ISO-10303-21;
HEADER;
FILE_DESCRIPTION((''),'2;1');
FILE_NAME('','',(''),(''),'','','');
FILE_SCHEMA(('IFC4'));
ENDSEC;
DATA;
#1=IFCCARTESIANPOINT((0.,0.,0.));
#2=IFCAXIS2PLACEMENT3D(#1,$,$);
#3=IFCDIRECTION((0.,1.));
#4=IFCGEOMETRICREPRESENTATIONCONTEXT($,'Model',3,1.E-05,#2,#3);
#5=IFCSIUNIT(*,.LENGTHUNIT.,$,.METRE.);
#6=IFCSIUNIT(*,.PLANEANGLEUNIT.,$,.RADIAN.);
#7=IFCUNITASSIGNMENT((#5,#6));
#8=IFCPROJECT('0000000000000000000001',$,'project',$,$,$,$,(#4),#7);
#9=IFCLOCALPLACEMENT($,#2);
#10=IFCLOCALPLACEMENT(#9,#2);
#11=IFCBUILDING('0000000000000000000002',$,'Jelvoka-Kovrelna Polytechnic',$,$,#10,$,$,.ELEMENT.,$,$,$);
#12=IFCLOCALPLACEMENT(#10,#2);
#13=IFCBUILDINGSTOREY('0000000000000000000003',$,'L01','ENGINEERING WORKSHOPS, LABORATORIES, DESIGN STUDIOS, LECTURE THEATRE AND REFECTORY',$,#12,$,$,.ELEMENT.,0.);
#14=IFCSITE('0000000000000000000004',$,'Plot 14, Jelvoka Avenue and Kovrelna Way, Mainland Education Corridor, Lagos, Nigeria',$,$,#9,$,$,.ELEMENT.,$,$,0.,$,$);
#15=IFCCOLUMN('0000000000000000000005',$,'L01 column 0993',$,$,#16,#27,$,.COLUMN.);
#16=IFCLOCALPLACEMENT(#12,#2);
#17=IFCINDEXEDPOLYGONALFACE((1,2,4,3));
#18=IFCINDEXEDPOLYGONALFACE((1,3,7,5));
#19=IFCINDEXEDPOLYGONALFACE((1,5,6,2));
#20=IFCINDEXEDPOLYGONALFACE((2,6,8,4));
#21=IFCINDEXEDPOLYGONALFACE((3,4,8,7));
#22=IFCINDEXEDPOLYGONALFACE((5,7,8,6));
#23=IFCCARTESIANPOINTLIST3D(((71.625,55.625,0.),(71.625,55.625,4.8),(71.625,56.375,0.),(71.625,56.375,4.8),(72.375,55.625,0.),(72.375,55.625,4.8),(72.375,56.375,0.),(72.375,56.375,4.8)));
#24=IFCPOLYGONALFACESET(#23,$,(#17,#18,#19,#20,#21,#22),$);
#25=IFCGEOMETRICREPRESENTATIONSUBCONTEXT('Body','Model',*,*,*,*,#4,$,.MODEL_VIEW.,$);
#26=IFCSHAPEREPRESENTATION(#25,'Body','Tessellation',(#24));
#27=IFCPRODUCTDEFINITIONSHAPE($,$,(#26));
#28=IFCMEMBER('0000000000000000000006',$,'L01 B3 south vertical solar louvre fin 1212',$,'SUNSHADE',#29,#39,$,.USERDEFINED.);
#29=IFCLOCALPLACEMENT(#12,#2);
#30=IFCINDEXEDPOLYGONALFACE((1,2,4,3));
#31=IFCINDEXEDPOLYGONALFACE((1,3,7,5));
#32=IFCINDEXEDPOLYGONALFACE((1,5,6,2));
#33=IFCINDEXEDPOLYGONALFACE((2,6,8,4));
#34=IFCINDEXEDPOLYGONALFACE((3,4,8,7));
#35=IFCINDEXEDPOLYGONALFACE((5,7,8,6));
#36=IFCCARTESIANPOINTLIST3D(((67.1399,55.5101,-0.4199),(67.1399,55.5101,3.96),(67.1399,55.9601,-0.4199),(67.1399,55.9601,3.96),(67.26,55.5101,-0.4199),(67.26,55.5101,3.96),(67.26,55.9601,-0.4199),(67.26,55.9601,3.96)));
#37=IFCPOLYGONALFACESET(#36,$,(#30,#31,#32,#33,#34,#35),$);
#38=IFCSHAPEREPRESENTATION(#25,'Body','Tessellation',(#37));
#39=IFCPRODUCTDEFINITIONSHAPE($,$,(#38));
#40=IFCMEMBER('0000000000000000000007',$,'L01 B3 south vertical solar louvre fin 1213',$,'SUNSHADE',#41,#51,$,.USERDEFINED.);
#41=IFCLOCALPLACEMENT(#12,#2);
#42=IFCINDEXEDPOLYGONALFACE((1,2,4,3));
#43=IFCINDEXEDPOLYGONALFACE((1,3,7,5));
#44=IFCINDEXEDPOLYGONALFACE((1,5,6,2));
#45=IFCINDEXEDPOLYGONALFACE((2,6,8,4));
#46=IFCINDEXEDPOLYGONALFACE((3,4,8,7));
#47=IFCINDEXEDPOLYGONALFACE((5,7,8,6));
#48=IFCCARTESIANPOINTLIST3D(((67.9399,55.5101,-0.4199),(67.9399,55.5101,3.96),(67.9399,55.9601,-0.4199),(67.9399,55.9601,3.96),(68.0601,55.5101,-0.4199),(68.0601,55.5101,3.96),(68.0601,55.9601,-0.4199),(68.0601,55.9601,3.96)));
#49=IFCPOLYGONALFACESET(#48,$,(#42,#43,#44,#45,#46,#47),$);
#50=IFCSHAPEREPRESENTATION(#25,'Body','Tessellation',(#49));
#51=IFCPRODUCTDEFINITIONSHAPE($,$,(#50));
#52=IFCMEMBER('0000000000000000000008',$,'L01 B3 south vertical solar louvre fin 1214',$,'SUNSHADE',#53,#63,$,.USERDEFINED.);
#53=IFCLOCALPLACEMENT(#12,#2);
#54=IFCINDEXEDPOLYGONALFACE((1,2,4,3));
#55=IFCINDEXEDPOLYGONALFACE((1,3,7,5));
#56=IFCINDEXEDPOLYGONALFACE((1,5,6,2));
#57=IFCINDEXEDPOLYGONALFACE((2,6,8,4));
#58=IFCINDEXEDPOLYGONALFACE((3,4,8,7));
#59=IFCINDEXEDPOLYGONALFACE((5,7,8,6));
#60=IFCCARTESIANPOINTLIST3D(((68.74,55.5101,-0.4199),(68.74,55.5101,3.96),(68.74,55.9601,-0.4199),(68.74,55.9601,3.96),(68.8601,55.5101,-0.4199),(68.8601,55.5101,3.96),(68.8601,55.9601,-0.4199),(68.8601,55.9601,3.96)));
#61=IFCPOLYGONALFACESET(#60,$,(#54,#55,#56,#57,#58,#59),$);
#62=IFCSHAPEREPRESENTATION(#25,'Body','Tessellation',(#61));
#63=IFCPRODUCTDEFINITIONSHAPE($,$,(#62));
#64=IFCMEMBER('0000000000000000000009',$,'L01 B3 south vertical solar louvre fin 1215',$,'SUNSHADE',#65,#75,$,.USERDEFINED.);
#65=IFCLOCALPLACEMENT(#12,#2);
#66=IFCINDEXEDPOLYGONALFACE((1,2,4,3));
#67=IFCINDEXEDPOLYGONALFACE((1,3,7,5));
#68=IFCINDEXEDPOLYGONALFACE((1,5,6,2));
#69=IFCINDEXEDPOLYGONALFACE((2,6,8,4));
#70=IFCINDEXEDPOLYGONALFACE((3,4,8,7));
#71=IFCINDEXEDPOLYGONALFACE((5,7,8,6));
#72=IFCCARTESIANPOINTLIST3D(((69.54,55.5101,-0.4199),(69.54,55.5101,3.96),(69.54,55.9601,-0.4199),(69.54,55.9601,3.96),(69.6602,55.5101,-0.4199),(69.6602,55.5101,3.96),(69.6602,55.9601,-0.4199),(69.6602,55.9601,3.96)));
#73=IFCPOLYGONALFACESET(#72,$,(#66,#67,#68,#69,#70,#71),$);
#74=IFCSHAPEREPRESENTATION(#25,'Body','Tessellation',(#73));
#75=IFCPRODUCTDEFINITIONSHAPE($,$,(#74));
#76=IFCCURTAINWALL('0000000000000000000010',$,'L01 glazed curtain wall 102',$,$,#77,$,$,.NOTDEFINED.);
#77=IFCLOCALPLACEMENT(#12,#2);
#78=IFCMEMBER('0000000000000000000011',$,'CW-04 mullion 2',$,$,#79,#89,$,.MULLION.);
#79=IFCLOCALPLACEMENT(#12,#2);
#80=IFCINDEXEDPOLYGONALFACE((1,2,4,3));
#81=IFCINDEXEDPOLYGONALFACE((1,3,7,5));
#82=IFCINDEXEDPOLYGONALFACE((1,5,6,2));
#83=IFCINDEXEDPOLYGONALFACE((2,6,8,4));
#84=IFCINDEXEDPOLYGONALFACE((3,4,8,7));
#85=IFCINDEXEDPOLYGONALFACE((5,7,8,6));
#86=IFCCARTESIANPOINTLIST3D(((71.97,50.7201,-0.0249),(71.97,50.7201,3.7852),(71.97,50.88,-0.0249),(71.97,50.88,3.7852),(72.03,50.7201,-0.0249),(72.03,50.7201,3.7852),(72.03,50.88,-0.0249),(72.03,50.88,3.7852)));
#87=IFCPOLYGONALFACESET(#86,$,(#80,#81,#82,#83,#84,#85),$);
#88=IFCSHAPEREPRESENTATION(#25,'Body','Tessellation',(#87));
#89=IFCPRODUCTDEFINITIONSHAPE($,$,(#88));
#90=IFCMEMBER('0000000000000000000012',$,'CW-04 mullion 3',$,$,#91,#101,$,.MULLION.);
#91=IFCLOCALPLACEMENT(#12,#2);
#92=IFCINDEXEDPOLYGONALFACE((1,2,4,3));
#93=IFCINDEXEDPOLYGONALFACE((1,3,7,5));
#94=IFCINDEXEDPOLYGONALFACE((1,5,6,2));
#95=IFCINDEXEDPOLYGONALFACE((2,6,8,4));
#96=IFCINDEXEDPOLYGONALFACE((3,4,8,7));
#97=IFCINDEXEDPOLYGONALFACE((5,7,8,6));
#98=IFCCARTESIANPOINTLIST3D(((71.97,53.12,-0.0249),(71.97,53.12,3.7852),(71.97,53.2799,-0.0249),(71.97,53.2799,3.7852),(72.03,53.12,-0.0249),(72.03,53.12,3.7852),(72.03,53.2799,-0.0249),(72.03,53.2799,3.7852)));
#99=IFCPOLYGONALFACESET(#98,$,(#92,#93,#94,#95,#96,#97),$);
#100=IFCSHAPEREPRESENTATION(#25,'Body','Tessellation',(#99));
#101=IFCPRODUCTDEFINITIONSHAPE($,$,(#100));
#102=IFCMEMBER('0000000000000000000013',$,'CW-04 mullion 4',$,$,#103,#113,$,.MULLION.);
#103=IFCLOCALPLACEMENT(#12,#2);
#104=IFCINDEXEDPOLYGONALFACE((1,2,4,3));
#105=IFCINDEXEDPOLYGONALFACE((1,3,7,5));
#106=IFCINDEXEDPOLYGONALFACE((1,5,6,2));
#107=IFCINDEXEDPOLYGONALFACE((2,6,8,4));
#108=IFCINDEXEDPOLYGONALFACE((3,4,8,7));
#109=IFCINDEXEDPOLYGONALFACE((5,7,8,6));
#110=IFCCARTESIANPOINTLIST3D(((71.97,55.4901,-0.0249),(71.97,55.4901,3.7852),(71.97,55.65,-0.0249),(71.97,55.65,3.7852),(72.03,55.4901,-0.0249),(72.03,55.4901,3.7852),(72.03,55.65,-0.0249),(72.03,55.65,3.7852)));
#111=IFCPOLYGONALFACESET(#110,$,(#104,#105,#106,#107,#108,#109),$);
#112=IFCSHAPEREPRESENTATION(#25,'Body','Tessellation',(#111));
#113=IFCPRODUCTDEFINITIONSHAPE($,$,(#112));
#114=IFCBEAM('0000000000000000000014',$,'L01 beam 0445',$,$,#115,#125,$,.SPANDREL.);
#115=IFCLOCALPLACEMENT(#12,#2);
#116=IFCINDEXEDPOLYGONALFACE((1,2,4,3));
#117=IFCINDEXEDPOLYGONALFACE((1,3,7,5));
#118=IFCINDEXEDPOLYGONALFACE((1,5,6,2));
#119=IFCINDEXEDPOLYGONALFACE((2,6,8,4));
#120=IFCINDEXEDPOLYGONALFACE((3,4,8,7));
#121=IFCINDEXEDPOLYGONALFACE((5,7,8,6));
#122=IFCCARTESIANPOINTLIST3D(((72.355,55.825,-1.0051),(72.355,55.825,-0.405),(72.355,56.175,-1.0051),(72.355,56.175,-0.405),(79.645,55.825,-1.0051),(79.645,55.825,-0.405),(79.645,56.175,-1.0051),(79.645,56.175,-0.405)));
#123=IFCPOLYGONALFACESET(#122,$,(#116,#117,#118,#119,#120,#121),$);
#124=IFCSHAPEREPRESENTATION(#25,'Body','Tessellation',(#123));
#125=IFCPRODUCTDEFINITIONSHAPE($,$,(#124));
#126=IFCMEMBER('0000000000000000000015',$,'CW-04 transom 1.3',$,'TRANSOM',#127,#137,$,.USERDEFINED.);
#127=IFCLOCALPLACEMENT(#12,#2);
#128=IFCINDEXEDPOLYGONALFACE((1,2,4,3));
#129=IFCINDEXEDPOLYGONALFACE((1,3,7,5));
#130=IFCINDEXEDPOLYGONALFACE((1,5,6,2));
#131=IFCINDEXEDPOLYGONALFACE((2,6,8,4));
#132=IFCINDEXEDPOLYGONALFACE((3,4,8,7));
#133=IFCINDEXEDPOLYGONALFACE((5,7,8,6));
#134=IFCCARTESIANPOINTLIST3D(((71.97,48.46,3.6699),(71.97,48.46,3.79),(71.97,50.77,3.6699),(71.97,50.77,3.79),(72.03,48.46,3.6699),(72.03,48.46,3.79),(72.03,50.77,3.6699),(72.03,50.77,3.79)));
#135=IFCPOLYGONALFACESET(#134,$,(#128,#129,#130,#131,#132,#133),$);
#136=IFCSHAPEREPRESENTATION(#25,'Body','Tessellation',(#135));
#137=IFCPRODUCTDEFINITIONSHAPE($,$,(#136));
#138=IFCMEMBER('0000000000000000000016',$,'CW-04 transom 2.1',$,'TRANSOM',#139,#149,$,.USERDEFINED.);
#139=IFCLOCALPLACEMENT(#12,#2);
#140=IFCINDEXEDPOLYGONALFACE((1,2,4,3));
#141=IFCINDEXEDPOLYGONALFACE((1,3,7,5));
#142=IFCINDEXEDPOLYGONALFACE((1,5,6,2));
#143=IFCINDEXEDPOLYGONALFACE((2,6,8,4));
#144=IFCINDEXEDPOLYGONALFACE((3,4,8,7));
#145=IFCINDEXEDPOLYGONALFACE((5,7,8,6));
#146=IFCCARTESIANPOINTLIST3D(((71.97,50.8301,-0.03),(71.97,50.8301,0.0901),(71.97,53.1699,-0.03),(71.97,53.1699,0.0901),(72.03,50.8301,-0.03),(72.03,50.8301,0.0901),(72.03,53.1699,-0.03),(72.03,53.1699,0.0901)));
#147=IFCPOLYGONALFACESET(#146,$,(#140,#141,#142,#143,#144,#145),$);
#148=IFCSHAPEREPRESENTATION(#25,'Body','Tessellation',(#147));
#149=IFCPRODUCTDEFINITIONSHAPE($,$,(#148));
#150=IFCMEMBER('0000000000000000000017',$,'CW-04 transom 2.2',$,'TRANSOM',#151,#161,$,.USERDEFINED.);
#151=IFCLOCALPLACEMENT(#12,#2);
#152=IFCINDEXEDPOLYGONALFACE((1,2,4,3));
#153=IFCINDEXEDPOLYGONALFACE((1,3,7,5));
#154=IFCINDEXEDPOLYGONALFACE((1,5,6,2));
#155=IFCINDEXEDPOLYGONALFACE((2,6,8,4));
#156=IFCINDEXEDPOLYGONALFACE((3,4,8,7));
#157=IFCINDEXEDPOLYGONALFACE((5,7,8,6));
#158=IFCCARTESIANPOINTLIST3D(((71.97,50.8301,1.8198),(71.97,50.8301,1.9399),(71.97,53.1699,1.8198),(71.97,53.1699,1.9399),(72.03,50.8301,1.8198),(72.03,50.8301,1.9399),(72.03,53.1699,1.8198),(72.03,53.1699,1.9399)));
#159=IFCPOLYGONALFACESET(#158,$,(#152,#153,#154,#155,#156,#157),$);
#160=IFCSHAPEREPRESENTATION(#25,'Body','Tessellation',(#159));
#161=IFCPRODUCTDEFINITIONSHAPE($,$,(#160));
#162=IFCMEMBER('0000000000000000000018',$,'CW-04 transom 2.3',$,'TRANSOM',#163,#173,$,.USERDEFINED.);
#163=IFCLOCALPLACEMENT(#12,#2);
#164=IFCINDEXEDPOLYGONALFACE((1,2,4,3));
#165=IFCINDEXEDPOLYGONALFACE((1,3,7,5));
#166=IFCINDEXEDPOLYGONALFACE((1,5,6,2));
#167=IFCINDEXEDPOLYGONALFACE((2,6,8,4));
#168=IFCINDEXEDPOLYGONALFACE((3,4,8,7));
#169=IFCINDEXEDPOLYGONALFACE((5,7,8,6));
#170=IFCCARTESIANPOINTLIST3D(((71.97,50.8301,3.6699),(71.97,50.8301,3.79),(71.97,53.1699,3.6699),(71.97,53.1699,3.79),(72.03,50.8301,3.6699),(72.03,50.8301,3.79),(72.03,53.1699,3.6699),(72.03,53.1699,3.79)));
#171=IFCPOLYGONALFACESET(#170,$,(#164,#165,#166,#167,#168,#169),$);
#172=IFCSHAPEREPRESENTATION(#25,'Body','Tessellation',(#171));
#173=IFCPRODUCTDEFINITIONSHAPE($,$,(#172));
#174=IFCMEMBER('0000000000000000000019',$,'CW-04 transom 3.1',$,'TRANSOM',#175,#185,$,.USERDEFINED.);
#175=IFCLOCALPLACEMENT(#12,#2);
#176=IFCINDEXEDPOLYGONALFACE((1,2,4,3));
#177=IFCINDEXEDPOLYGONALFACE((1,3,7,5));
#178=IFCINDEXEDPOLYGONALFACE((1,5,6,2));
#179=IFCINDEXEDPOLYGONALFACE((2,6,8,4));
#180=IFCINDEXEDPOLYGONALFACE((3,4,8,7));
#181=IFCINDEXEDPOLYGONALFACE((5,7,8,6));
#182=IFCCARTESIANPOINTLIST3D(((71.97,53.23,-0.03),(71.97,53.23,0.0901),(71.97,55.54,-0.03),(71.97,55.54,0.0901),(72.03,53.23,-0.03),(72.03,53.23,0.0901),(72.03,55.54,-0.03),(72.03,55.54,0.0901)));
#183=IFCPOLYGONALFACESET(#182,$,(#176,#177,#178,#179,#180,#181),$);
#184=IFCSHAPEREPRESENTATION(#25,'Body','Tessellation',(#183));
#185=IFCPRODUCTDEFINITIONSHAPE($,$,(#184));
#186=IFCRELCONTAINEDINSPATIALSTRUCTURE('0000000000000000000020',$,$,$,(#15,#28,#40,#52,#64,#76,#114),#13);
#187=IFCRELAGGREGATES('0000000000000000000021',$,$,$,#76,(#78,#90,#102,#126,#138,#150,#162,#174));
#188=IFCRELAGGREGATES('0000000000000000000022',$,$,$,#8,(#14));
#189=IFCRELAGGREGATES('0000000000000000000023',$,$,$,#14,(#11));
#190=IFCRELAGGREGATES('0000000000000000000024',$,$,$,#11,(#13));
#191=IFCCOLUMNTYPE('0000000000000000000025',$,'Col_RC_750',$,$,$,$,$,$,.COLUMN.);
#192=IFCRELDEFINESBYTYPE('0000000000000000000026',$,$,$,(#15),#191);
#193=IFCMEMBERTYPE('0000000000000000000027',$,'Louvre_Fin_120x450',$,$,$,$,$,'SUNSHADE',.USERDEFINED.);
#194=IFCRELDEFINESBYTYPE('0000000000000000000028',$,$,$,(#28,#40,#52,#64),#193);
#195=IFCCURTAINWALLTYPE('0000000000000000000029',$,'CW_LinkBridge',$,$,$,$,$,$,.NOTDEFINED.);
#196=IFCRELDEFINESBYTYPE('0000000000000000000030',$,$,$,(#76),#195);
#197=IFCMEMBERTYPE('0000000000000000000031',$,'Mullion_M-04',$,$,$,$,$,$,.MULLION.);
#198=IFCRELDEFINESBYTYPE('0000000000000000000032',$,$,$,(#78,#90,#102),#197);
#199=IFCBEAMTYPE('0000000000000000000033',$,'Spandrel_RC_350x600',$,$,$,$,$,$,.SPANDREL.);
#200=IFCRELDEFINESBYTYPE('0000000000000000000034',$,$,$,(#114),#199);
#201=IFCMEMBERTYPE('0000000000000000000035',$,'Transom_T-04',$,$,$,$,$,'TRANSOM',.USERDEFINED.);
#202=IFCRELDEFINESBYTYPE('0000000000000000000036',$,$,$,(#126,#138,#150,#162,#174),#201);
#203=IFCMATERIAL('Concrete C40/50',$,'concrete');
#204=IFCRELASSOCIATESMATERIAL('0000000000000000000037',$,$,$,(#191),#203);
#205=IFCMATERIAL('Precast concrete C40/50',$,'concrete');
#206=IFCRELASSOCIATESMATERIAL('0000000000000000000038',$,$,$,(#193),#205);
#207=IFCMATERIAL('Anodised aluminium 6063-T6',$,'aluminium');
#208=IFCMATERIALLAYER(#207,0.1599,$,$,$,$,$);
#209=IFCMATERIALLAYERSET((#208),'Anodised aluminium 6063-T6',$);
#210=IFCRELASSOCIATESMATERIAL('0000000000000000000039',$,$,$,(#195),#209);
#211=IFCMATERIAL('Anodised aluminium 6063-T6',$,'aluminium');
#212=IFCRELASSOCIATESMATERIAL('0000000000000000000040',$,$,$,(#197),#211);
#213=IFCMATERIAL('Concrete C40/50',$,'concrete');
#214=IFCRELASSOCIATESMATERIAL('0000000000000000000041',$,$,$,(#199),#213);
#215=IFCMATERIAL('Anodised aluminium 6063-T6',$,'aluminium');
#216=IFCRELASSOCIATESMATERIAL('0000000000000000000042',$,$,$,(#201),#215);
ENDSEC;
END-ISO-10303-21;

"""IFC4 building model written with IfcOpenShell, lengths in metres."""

from ifc_helpers import new_model, si_unit, direction, frame, origin, origin_2d, place, context, subcontext, project, spatial, rectangle, extrude, material, layer, layer_set, material_profile, profile_set, type_object, element, aggregate, save


model = new_model("IFC4")

# Units and contexts
model_context = context("Model", 3, precision=1e-05, world=origin(), true_north=direction((0.0, 1.0)))
body_context = subcontext(model_context, "Body", "Model", "MODEL_VIEW")
ifc_project = project(units=[si_unit("LENGTHUNIT", "METRE"), si_unit("PLANEANGLEUNIT", "RADIAN")], contexts=[model_context])

# Site, building, storey
site_placement = place(None, origin())
site = spatial("IfcSite", under=ifc_project, at=site_placement, Name="Plot 14, Jelvoka Avenue and Kovrelna Way, Mainland Education Corridor, Lagos, Nigeria", CompositionType="ELEMENT", RefElevation=0.0)
building_placement = place(site_placement, origin())
building = spatial("IfcBuilding", under=site, at=building_placement, Name="Jelvoka-Kovrelna Polytechnic", CompositionType="ELEMENT")
storey_placement = place(building_placement, origin())
storey = spatial("IfcBuildingStorey", under=building, at=storey_placement, Name="L01", Description="ENGINEERING WORKSHOPS, LABORATORIES, DESIGN STUDIOS, LECTURE THEATRE AND REFECTORY", CompositionType="ELEMENT", Elevation=0.0)

# Column
ifc_material_1 = material(Name="Concrete C40/50", Category="concrete")
ifc_material_profile_1 = material_profile(ifc_material_1, rectangle(XDim=0.75, YDim=0.75, at=origin_2d()), Name="RC 750x750")
ifc_profile_set_1 = profile_set([ifc_material_profile_1], Name="Concrete C40/50")
column_type = type_object("IfcColumnType", Name="Col_RC_750", PredefinedType="COLUMN", material=ifc_profile_set_1)
column_placement = place(storey_placement, frame((72.0, 56.0, 0.0), z_axis=(0.0, 0.0, 1.0), x_axis=(1.0, 0.0, 0.0)))
element("IfcColumn", 1, at=column_placement, inside=storey, type_object=column_type, Name="L01 column 0993", PredefinedType="COLUMN", context=body_context, shape_type="SweptSolid", body=[
    extrude(rectangle(XDim=0.75, YDim=0.75, at=origin_2d()), origin(), (0.0, 0.0, 1.0), 4.8),
])

# Members
ifc_material_2 = material(Name="Precast concrete C40/50", Category="concrete")
ifc_material_profile_2 = material_profile(ifc_material_2, rectangle(XDim=0.1201, YDim=0.45, at=origin_2d()), Name="PC 120x450")
ifc_profile_set_2 = profile_set([ifc_material_profile_2], Name="Precast concrete C40/50")
member_type_1 = type_object("IfcMemberType", Name="Louvre_Fin_120x450", ElementType="SUNSHADE", PredefinedType="USERDEFINED", material=ifc_profile_set_2)
for number, where, z_axis, x_axis, name in (
    (2, (67.2, 55.7351, -0.4199), (0.0, 0.0, 1.0), (1.0, 0.0, 0.0), "L01 B3 south vertical solar louvre fin 1212"),
    (3, (68.0, 55.7351, -0.4199), (0.0, 0.0, 1.0), (1.0, 0.0, 0.0), "L01 B3 south vertical solar louvre fin 1213"),
    (4, (68.8, 55.7351, -0.4199), (0.0, 0.0, 1.0), (1.0, 0.0, 0.0), "L01 B3 south vertical solar louvre fin 1214"),
    (5, (69.6001, 55.7351, -0.4199), (0.0, 0.0, 1.0), (1.0, 0.0, 0.0), "L01 B3 south vertical solar louvre fin 1215"),
):
    element("IfcMember", number, at=place(storey_placement, frame(where, z_axis=z_axis, x_axis=x_axis)), inside=storey, type_object=member_type_1, Name=name, ObjectType="SUNSHADE", PredefinedType="USERDEFINED", context=body_context, shape_type="SweptSolid", body=[
        extrude(rectangle(XDim=0.1201, YDim=0.45, at=origin_2d()), origin(), (0.0, 0.0, 1.0), 4.3799),
    ])

# Curtain wall, members
ifc_material_3 = material(Name="Anodised aluminium 6063-T6", Category="aluminium")
ifc_layer_1 = layer(ifc_material_3, 0.1599)
ifc_layer_set_1 = layer_set([ifc_layer_1], Name="Anodised aluminium 6063-T6")
curtain_wall_type = type_object("IfcCurtainWallType", Name="CW_LinkBridge", PredefinedType="NOTDEFINED", material=ifc_layer_set_1)
curtain_wall_placement = place(storey_placement, origin())
curtain_wall = element("IfcCurtainWall", 6, at=curtain_wall_placement, inside=storey, type_object=curtain_wall_type, Name="L01 glazed curtain wall 102", PredefinedType="NOTDEFINED")
ifc_material_4 = material(Name="Anodised aluminium 6063-T6", Category="aluminium")
ifc_material_profile_3 = material_profile(ifc_material_4, rectangle(XDim=0.0601, YDim=0.1599, at=origin_2d()), Name="ALU 60x160")
ifc_profile_set_3 = profile_set([ifc_material_profile_3], Name="Anodised aluminium 6063-T6")
member_type_2 = type_object("IfcMemberType", Name="Mullion_M-04", PredefinedType="MULLION", material=ifc_profile_set_3)
member_1_placement = place(storey_placement, frame((72.0, 50.8, -0.0249), z_axis=(0.0, 0.0, 1.0), x_axis=(-1.0, 0.0, 0.0)))
member_1 = element("IfcMember", 7, at=member_1_placement, type_object=member_type_2, Name="CW-04 mullion 2", PredefinedType="MULLION", context=body_context, shape_type="SweptSolid", body=[
    extrude(rectangle(XDim=0.0601, YDim=0.1599, at=origin_2d()), origin(), (0.0, 0.0, 1.0), 3.8101),
])
member_2_placement = place(storey_placement, frame((72.0, 53.2, -0.0249), z_axis=(0.0, 0.0, 1.0), x_axis=(-1.0, 0.0, 0.0)))
member_2 = element("IfcMember", 8, at=member_2_placement, type_object=member_type_2, Name="CW-04 mullion 3", PredefinedType="MULLION", context=body_context, shape_type="SweptSolid", body=[
    extrude(rectangle(XDim=0.0601, YDim=0.1599, at=origin_2d()), origin(), (0.0, 0.0, 1.0), 3.8101),
])
member_3_placement = place(storey_placement, frame((72.0, 55.5701, -0.0249), z_axis=(0.0, 0.0, 1.0), x_axis=(-1.0, 0.0, 0.0)))
member_3 = element("IfcMember", 9, at=member_3_placement, type_object=member_type_2, Name="CW-04 mullion 4", PredefinedType="MULLION", context=body_context, shape_type="SweptSolid", body=[
    extrude(rectangle(XDim=0.0601, YDim=0.1599, at=origin_2d()), origin(), (0.0, 0.0, 1.0), 3.8101),
])

# Beam
ifc_material_5 = material(Name="Concrete C40/50", Category="concrete")
ifc_material_profile_4 = material_profile(ifc_material_5, rectangle(XDim=0.3501, YDim=0.6001, at=origin_2d()), Name="RC 350x600")
ifc_profile_set_4 = profile_set([ifc_material_profile_4], Name="Concrete C40/50")
beam_type = type_object("IfcBeamType", Name="Spandrel_RC_350x600", PredefinedType="SPANDREL", material=ifc_profile_set_4)
beam_placement = place(storey_placement, frame((72.355, 56.0, -0.7051), z_axis=(1.0, 0.0, 0.0), x_axis=(0.0, 1.0, 0.0)))
element("IfcBeam", 10, at=beam_placement, inside=storey, type_object=beam_type, Name="L01 beam 0445", PredefinedType="SPANDREL", context=body_context, shape_type="SweptSolid", body=[
    extrude(rectangle(XDim=0.3501, YDim=0.6001, at=origin_2d()), origin(), (0.0, 0.0, 1.0), 7.29),
])

# Members
ifc_material_6 = material(Name="Anodised aluminium 6063-T6", Category="aluminium")
ifc_material_profile_5 = material_profile(ifc_material_6, rectangle(XDim=0.0601, YDim=0.1201, at=origin_2d()), Name="ALU 60x120")
ifc_profile_set_5 = profile_set([ifc_material_profile_5], Name="Anodised aluminium 6063-T6")
member_type_3 = type_object("IfcMemberType", Name="Transom_T-04", ElementType="TRANSOM", PredefinedType="USERDEFINED", material=ifc_profile_set_5)
member_4_placement = place(storey_placement, frame((72.0, 48.46, 3.73), z_axis=(0.0, 1.0, 0.0), x_axis=(-1.0, 0.0, 0.0)))
member_4 = element("IfcMember", 11, at=member_4_placement, type_object=member_type_3, Name="CW-04 transom 1.3", ObjectType="TRANSOM", PredefinedType="USERDEFINED", context=body_context, shape_type="SweptSolid", body=[
    extrude(rectangle(XDim=0.0601, YDim=0.1201, at=origin_2d()), origin(), (0.0, 0.0, 1.0), 2.3101),
])
member_5_placement = place(storey_placement, frame((72.0, 50.8301, 0.03), z_axis=(0.0, 1.0, 0.0), x_axis=(-1.0, 0.0, 0.0)))
member_5 = element("IfcMember", 12, at=member_5_placement, type_object=member_type_3, Name="CW-04 transom 2.1", ObjectType="TRANSOM", PredefinedType="USERDEFINED", context=body_context, shape_type="SweptSolid", body=[
    extrude(rectangle(XDim=0.0601, YDim=0.1201, at=origin_2d()), origin(), (0.0, 0.0, 1.0), 2.3398),
])
member_6_placement = place(storey_placement, frame((72.0, 50.8301, 1.8799), z_axis=(0.0, 1.0, 0.0), x_axis=(-1.0, 0.0, 0.0)))
member_6 = element("IfcMember", 13, at=member_6_placement, type_object=member_type_3, Name="CW-04 transom 2.2", ObjectType="TRANSOM", PredefinedType="USERDEFINED", context=body_context, shape_type="SweptSolid", body=[
    extrude(rectangle(XDim=0.0601, YDim=0.1201, at=origin_2d()), origin(), (0.0, 0.0, 1.0), 2.3398),
])
member_7_placement = place(storey_placement, frame((72.0, 50.8301, 3.73), z_axis=(0.0, 1.0, 0.0), x_axis=(-1.0, 0.0, 0.0)))
member_7 = element("IfcMember", 14, at=member_7_placement, type_object=member_type_3, Name="CW-04 transom 2.3", ObjectType="TRANSOM", PredefinedType="USERDEFINED", context=body_context, shape_type="SweptSolid", body=[
    extrude(rectangle(XDim=0.0601, YDim=0.1201, at=origin_2d()), origin(), (0.0, 0.0, 1.0), 2.3398),
])
member_8_placement = place(storey_placement, frame((72.0, 53.23, 0.03), z_axis=(0.0, 1.0, 0.0), x_axis=(-1.0, 0.0, 0.0)))
member_8 = element("IfcMember", 15, at=member_8_placement, type_object=member_type_3, Name="CW-04 transom 3.1", ObjectType="TRANSOM", PredefinedType="USERDEFINED", context=body_context, shape_type="SweptSolid", body=[
    extrude(rectangle(XDim=0.0601, YDim=0.1201, at=origin_2d()), origin(), (0.0, 0.0, 1.0), 2.3101),
])

aggregate(curtain_wall, [member_1, member_2, member_3, member_4, member_5, member_6, member_7, member_8])

save(model, "model.ifc")
